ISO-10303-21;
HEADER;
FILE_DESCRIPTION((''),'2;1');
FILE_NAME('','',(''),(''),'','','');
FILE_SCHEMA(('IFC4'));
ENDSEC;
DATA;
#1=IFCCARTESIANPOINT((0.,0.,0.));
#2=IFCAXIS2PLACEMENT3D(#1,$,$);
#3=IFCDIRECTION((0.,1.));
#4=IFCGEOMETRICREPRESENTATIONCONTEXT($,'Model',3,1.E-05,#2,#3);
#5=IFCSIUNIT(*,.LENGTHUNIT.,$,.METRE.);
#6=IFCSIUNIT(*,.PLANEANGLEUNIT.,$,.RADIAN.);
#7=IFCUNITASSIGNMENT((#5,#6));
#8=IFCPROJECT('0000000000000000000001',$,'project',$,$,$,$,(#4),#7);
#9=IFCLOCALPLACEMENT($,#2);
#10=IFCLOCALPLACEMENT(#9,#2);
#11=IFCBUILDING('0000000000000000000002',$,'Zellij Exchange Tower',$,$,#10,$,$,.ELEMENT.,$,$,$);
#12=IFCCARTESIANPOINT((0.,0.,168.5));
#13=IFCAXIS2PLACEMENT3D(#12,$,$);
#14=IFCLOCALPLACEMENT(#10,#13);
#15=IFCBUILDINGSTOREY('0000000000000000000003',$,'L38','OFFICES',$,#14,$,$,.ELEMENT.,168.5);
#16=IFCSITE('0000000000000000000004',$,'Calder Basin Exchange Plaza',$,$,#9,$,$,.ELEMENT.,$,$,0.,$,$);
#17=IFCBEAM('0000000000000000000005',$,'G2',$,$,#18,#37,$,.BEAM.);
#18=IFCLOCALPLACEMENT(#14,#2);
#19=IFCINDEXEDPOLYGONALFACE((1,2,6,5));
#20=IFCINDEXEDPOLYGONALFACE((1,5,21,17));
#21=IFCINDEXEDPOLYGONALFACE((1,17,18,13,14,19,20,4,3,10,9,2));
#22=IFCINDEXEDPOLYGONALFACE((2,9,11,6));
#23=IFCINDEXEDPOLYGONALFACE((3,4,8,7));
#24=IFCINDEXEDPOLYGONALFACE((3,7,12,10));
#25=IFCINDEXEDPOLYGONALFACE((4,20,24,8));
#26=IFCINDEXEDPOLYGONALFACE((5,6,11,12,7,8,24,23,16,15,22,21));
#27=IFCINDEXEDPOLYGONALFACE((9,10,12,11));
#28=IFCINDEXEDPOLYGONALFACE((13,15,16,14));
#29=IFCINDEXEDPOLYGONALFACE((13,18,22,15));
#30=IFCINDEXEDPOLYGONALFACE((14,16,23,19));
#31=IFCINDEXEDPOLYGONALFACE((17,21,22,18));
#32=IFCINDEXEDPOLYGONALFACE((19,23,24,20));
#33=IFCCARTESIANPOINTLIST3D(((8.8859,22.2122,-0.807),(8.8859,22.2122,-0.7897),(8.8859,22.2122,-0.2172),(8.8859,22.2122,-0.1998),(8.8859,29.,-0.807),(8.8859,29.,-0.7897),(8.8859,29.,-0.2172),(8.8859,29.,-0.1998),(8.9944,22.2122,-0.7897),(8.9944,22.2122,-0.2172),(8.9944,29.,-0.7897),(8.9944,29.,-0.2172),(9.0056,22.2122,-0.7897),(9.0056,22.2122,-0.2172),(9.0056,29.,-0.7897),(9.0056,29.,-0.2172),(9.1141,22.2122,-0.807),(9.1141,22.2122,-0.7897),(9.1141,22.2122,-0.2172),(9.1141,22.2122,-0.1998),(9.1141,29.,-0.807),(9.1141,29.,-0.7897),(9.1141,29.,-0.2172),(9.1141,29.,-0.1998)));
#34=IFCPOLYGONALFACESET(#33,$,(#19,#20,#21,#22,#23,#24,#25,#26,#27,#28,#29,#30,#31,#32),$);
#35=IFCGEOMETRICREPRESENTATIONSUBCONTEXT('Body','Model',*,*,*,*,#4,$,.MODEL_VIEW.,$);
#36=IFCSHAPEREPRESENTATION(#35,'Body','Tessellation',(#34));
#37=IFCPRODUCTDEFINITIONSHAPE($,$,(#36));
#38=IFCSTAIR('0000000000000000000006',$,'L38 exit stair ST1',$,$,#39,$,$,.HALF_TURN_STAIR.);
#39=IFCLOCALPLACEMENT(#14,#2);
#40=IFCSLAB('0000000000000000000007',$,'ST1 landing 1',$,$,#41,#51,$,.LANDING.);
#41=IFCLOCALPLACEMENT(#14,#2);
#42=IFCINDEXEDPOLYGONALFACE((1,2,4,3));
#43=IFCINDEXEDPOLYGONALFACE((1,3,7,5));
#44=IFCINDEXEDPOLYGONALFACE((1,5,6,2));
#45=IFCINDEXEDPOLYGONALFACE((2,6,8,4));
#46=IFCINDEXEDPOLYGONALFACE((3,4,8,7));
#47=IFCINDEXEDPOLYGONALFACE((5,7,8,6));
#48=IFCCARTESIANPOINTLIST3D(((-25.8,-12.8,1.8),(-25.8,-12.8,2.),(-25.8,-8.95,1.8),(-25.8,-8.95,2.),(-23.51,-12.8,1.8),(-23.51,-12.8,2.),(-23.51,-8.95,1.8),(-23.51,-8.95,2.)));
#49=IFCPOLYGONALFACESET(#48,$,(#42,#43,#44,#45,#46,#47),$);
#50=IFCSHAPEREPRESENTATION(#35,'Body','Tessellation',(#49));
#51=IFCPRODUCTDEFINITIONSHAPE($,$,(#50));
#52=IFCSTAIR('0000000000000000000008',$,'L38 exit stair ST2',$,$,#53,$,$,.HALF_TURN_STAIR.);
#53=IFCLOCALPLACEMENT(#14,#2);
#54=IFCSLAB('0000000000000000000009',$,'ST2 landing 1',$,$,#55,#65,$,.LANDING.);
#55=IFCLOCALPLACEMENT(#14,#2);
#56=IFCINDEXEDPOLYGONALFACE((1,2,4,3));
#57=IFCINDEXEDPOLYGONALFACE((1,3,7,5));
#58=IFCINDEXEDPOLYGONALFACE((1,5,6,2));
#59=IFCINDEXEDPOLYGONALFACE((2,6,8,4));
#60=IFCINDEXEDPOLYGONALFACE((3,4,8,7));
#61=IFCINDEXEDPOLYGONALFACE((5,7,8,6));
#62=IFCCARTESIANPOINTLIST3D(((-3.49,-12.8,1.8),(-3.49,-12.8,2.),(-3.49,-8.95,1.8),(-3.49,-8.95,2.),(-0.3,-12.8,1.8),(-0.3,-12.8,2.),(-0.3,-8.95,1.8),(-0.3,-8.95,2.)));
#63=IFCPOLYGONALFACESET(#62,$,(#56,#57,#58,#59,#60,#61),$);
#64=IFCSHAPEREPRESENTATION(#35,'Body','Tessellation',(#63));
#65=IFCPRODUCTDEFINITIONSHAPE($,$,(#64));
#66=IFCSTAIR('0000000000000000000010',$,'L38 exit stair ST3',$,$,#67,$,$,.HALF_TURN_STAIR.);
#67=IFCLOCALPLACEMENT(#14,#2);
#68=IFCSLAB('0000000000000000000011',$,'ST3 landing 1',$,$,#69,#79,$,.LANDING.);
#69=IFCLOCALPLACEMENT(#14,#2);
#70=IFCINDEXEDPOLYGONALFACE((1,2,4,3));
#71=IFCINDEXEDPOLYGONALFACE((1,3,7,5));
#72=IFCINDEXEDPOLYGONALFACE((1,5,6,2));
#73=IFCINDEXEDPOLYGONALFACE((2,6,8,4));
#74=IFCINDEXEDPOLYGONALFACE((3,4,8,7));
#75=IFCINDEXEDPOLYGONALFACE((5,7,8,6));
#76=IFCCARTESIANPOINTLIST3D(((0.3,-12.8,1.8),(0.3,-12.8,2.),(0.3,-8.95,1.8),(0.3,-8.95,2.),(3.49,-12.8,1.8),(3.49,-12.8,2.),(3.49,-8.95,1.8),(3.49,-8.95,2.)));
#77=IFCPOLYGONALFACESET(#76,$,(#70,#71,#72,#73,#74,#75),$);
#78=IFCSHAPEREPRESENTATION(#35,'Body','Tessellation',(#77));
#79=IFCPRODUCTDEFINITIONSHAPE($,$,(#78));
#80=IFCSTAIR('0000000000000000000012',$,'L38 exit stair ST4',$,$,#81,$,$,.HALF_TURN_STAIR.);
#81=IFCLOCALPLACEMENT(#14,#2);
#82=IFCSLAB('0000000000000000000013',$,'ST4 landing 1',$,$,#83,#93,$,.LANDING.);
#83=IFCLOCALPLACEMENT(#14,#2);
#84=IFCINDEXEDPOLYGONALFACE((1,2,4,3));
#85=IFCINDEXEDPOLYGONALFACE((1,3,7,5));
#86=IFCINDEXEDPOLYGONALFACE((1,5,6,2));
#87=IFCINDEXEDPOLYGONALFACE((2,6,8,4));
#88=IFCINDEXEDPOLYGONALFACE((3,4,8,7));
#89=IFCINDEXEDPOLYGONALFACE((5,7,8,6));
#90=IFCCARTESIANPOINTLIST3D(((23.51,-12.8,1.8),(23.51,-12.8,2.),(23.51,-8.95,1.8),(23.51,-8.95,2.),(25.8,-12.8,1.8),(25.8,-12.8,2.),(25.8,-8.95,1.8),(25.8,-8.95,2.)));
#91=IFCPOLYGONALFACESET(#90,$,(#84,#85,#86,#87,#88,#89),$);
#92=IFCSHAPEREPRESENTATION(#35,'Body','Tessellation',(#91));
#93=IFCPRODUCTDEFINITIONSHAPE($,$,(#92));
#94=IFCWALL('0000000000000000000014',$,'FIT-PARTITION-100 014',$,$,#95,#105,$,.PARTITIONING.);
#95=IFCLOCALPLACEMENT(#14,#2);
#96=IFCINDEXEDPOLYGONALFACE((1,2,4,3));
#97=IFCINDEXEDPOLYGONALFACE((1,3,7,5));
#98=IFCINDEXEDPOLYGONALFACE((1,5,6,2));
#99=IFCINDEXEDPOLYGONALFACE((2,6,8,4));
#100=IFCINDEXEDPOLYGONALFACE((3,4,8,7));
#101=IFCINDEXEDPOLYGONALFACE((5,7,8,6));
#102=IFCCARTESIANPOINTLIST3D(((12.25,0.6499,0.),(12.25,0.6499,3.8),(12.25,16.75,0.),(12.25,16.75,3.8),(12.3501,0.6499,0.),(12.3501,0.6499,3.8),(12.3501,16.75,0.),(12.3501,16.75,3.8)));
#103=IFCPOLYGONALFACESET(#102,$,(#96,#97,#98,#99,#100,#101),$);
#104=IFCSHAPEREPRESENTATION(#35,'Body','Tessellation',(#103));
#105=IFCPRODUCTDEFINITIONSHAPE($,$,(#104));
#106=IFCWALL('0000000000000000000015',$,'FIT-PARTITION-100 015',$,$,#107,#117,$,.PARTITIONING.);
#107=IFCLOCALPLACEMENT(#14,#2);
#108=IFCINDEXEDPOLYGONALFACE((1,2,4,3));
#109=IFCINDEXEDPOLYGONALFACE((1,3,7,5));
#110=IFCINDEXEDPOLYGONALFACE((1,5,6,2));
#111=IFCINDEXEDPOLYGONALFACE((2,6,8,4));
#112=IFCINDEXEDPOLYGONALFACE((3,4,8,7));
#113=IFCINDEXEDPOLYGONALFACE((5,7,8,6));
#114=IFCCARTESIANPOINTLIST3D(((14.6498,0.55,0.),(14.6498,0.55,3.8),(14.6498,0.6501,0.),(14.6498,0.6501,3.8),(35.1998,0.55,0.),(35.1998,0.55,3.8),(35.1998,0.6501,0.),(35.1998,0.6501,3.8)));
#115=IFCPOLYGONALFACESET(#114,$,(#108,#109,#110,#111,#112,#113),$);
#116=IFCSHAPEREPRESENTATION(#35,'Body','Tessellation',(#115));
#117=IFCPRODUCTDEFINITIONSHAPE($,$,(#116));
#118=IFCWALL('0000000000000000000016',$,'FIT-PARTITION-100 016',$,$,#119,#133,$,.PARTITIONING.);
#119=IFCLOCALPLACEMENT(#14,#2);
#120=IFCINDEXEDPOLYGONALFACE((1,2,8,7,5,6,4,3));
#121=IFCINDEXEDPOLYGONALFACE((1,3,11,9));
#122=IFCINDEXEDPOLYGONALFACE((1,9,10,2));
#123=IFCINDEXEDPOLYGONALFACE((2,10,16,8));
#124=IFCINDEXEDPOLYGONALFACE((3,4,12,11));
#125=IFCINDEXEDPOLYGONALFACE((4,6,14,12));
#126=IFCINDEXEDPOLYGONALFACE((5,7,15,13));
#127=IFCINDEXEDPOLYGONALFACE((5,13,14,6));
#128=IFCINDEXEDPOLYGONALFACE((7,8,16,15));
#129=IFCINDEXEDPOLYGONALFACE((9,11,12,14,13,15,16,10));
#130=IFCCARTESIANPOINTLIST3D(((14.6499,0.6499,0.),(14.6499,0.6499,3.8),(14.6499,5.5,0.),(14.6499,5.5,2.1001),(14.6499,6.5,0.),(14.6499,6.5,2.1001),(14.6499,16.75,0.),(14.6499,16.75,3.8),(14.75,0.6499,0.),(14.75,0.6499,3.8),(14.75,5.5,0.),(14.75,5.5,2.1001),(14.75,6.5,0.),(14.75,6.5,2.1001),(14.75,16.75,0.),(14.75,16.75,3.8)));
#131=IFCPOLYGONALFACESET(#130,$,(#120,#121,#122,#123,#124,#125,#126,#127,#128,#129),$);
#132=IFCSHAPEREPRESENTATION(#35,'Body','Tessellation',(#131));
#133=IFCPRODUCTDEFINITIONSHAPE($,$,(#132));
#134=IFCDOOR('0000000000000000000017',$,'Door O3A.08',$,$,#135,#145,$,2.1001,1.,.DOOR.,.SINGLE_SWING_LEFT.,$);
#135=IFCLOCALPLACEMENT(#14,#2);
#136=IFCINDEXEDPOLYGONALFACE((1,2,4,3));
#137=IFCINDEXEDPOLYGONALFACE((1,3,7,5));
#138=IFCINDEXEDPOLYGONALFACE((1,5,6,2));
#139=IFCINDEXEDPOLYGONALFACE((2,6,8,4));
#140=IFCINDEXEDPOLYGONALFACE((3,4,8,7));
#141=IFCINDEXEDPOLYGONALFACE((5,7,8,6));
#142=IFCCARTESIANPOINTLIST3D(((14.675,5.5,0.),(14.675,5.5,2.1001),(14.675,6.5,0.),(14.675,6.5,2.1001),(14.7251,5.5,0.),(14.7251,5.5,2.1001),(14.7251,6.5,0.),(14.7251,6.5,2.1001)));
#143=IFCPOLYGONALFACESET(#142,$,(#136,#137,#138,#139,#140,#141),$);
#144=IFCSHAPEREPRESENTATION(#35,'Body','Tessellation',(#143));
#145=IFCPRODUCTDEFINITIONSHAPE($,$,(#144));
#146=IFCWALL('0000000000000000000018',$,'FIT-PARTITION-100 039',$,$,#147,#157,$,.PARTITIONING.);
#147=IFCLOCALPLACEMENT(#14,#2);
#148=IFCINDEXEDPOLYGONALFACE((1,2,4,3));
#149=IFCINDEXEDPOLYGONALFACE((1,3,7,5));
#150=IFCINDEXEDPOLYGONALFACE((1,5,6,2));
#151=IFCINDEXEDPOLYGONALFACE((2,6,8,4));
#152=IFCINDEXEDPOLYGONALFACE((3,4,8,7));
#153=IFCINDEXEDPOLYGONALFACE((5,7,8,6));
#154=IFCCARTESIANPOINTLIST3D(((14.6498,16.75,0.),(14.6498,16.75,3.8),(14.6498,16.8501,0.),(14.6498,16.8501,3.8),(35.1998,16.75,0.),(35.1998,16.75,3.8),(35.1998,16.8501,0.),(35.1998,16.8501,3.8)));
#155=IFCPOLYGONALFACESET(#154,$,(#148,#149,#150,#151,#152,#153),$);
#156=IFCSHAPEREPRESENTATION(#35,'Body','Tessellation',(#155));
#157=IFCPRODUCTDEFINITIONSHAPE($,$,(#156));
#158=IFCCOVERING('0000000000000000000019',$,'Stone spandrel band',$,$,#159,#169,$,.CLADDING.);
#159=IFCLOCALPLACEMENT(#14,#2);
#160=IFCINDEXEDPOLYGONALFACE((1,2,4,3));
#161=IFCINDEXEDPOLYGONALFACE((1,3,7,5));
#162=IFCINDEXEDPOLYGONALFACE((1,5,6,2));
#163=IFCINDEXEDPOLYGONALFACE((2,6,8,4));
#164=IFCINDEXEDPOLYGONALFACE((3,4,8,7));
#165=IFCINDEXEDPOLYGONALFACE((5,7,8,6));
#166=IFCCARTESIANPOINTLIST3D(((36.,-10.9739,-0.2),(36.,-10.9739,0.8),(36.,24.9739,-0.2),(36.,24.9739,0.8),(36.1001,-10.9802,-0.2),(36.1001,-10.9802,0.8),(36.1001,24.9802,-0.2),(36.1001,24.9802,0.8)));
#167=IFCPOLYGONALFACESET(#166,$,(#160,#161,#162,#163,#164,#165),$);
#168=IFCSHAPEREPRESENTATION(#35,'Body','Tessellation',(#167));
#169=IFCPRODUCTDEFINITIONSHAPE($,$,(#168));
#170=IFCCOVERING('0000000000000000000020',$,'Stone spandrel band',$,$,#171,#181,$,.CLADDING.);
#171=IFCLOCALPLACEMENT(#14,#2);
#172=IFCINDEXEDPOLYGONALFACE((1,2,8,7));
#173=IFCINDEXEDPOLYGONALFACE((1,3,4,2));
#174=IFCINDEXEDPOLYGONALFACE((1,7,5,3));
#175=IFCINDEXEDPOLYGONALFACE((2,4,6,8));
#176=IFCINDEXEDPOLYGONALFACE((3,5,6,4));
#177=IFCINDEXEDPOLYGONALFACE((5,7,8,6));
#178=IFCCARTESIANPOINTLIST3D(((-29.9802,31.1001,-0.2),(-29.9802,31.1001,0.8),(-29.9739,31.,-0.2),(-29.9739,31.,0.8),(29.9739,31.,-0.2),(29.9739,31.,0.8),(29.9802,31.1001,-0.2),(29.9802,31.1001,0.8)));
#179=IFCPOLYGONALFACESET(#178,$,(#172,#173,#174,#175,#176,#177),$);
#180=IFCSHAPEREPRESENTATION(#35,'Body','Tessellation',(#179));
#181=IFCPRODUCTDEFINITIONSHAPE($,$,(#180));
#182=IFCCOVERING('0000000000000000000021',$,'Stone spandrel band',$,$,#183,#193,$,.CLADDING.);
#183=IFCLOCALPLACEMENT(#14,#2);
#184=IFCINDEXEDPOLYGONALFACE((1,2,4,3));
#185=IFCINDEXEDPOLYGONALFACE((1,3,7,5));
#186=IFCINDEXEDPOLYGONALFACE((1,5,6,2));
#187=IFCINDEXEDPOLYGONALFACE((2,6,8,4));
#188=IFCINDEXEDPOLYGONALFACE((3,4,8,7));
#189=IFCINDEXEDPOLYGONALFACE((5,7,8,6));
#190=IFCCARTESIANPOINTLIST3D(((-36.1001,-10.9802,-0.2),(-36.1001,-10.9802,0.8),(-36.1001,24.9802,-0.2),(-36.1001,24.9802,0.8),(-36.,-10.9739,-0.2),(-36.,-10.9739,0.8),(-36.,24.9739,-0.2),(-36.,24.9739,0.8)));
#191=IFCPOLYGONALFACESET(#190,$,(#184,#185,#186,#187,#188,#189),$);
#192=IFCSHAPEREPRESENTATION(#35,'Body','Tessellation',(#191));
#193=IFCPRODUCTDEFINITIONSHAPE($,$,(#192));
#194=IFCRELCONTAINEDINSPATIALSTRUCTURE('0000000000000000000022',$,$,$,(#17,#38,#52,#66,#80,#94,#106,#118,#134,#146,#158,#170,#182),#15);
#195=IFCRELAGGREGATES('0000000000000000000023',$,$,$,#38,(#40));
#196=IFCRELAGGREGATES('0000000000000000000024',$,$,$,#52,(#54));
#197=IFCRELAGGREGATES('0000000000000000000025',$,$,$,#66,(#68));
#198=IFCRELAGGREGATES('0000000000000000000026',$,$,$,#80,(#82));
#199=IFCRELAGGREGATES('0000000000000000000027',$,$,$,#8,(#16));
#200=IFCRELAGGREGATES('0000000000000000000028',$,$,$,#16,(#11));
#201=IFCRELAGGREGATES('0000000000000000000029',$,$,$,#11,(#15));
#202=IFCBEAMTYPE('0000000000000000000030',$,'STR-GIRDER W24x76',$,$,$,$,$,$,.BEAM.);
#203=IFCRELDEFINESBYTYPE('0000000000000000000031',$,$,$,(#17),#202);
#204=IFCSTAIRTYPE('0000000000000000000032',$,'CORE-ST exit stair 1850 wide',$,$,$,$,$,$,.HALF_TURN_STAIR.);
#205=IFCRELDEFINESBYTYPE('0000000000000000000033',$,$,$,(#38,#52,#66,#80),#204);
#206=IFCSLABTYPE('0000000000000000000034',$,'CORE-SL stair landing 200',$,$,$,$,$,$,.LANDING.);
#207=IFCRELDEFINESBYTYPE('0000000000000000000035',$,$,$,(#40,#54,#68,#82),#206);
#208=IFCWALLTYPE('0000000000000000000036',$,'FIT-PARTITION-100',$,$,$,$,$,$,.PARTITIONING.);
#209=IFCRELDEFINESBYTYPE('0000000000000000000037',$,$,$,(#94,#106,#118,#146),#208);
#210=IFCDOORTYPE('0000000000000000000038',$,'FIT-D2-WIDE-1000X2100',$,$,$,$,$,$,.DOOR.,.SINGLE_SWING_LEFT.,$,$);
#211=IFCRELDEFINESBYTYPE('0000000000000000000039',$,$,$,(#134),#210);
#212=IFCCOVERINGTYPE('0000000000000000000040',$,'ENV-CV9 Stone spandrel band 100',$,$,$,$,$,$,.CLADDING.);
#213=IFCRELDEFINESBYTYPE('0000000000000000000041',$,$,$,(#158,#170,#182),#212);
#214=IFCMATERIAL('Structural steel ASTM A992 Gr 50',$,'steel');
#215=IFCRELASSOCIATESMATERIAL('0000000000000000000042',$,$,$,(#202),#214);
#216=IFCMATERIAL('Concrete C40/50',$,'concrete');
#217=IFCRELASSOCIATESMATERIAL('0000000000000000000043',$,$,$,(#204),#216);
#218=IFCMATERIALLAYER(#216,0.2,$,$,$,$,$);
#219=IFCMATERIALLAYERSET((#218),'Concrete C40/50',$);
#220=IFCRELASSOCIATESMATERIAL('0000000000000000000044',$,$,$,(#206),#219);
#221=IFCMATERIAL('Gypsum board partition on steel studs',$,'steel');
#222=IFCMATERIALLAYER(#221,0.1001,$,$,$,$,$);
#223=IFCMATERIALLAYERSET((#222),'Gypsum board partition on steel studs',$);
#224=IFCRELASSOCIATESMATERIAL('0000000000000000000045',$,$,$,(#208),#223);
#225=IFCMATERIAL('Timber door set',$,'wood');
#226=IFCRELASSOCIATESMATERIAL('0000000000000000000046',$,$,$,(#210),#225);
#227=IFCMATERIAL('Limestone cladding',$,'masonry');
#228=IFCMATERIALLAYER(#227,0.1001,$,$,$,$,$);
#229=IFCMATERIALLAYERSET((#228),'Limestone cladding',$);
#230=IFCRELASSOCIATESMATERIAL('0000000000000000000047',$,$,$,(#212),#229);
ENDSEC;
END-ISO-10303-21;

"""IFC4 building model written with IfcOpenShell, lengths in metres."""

from ifc_helpers import new_model, si_unit, direction, frame, frame_2d, origin, origin_2d, place, context, subcontext, project, spatial, polyline, rectangle, i_section, outline, extrude, material, layer, layer_set, material_profile, profile_set, type_object, element, fill, aggregate, save


model = new_model("IFC4")

# Units and contexts
model_context = context("Model", 3, precision=1e-05, world=origin(), true_north=direction((0.0, 1.0)))
body_context = subcontext(model_context, "Body", "Model", "MODEL_VIEW")
ifc_project = project(units=[si_unit("LENGTHUNIT", "METRE"), si_unit("PLANEANGLEUNIT", "RADIAN")], contexts=[model_context])

# Site, building, storey
site_placement = place(None, origin())
site = spatial("IfcSite", under=ifc_project, at=site_placement, Name="Calder Basin Exchange Plaza", CompositionType="ELEMENT", RefElevation=0.0)
building_placement = place(site_placement, origin())
building = spatial("IfcBuilding", under=site, at=building_placement, Name="Zellij Exchange Tower", CompositionType="ELEMENT")
storey_placement = place(building_placement, frame((0.0, 0.0, 168.5)))
storey = spatial("IfcBuildingStorey", under=building, at=storey_placement, Name="L38", Description="OFFICES", CompositionType="ELEMENT", Elevation=168.5)

# Beam
ifc_material_1 = material(Name="Structural steel ASTM A992 Gr 50", Category="steel")
ifc_material_profile_1 = material_profile(ifc_material_1, i_section(OverallWidth=0.2283, OverallDepth=0.6072, WebThickness=0.0112, FlangeThickness=0.0173, at=origin_2d()), Name="W24x76")
ifc_profile_set_1 = profile_set([ifc_material_profile_1], Name="Structural steel ASTM A992 Gr 50")
beam_type = type_object("IfcBeamType", Name="STR-GIRDER W24x76", PredefinedType="BEAM", material=ifc_profile_set_1)
beam_1_placement = place(storey_placement, frame((9.0, 22.2122, -0.5034), z_axis=(0.0, 1.0, 0.0), x_axis=(-1.0, 0.0, 0.0)))
element("IfcBeam", 1, at=beam_1_placement, inside=storey, type_object=beam_type, Name="G2", PredefinedType="BEAM", context=body_context, shape_type="SweptSolid", body=[
    extrude(i_section(OverallWidth=0.2283, OverallDepth=0.6072, WebThickness=0.0112, FlangeThickness=0.0173, at=origin_2d()), origin(), (0.0, 0.0, 1.0), 6.7878),
])

# Stairs, slabs
ifc_material_2 = material(Name="Concrete C40/50", Category="concrete")
stair_type = type_object("IfcStairType", Name="CORE-ST exit stair 1850 wide", PredefinedType="HALF_TURN_STAIR", material=ifc_material_2)
stair_1_placement = place(storey_placement, origin())
stair_1 = element("IfcStair", 2, at=stair_1_placement, inside=storey, type_object=stair_type, Name="L38 exit stair ST1", PredefinedType="HALF_TURN_STAIR")
ifc_layer_1 = layer(ifc_material_2, 0.2)
ifc_layer_set_1 = layer_set([ifc_layer_1], Name="Concrete C40/50")
slab_type = type_object("IfcSlabType", Name="CORE-SL stair landing 200", PredefinedType="LANDING", material=ifc_layer_set_1)
slab_1_placement = place(storey_placement, frame((0.0, 0.0, 1.8)))
slab_1 = element("IfcSlab", 3, at=slab_1_placement, type_object=slab_type, Name="ST1 landing 1", PredefinedType="LANDING", context=body_context, shape_type="SweptSolid", body=[
    extrude(outline(polyline([(-23.51, -8.95), (-25.8, -8.95), (-25.8, -12.8), (-23.51, -12.8), (-23.51, -8.95)])), origin(), (0.0, 0.0, 1.0), 0.2),
])
aggregate(stair_1, [slab_1])
stair_2_placement = place(storey_placement, origin())
stair_2 = element("IfcStair", 4, at=stair_2_placement, inside=storey, type_object=stair_type, Name="L38 exit stair ST2", PredefinedType="HALF_TURN_STAIR")
slab_2_placement = place(storey_placement, frame((0.0, 0.0, 1.8)))
slab_2 = element("IfcSlab", 5, at=slab_2_placement, type_object=slab_type, Name="ST2 landing 1", PredefinedType="LANDING", context=body_context, shape_type="SweptSolid", body=[
    extrude(outline(polyline([(-3.49, -12.8), (-0.3, -12.8), (-0.3, -8.95), (-3.49, -8.95), (-3.49, -12.8)])), origin(), (0.0, 0.0, 1.0), 0.2),
])
aggregate(stair_2, [slab_2])
stair_3_placement = place(storey_placement, origin())
stair_3 = element("IfcStair", 6, at=stair_3_placement, inside=storey, type_object=stair_type, Name="L38 exit stair ST3", PredefinedType="HALF_TURN_STAIR")
slab_3_placement = place(storey_placement, frame((0.0, 0.0, 1.8)))
slab_3 = element("IfcSlab", 7, at=slab_3_placement, type_object=slab_type, Name="ST3 landing 1", PredefinedType="LANDING", context=body_context, shape_type="SweptSolid", body=[
    extrude(outline(polyline([(3.49, -8.95), (0.3, -8.95), (0.3, -12.8), (3.49, -12.8), (3.49, -8.95)])), origin(), (0.0, 0.0, 1.0), 0.2),
])
aggregate(stair_3, [slab_3])
stair_4_placement = place(storey_placement, origin())
stair_4 = element("IfcStair", 8, at=stair_4_placement, inside=storey, type_object=stair_type, Name="L38 exit stair ST4", PredefinedType="HALF_TURN_STAIR")
slab_4_placement = place(storey_placement, frame((0.0, 0.0, 1.8)))
slab_4 = element("IfcSlab", 9, at=slab_4_placement, type_object=slab_type, Name="ST4 landing 1", PredefinedType="LANDING", context=body_context, shape_type="SweptSolid", body=[
    extrude(outline(polyline([(23.51, -12.8), (25.8, -12.8), (25.8, -8.95), (23.51, -8.95), (23.51, -12.8)])), origin(), (0.0, 0.0, 1.0), 0.2),
])
aggregate(stair_4, [slab_4])

# Walls
ifc_material_3 = material(Name="Gypsum board partition on steel studs", Category="steel")
ifc_layer_2 = layer(ifc_material_3, 0.1001)
ifc_layer_set_2 = layer_set([ifc_layer_2], Name="Gypsum board partition on steel studs")
wall_type = type_object("IfcWallType", Name="FIT-PARTITION-100", PredefinedType="PARTITIONING", material=ifc_layer_set_2)
wall_1_placement = place(storey_placement, frame((12.3, 0.6499, 0.0), z_axis=(0.0, 0.0, 1.0), x_axis=(0.0, 1.0, 0.0)))
element("IfcWall", 10, at=wall_1_placement, inside=storey, type_object=wall_type, Name="FIT-PARTITION-100 014", PredefinedType="PARTITIONING", context=body_context, shape_type="SweptSolid", body=[
    extrude(rectangle(XDim=16.1001, YDim=0.1001, at=frame_2d((8.05, 0.0))), origin(), (0.0, 0.0, 1.0), 3.8),
])
wall_2_placement = place(storey_placement, frame((14.6499, 0.6001, 0.0), z_axis=(0.0, 0.0, 1.0), x_axis=(1.0, 0.0, 0.0)))
element("IfcWall", 11, at=wall_2_placement, inside=storey, type_object=wall_type, Name="FIT-PARTITION-100 015", PredefinedType="PARTITIONING", context=body_context, shape_type="SweptSolid", body=[
    extrude(rectangle(XDim=20.55, YDim=0.1001, at=frame_2d((10.2749, 0.0))), origin(), (0.0, 0.0, 1.0), 3.8),
])

# Wall, opening, door
wall_3_placement = place(storey_placement, frame((14.7, 0.6499, 0.0), z_axis=(0.0, 0.0, 1.0), x_axis=(0.0, 1.0, 0.0)))
wall_3 = element("IfcWall", 12, at=wall_3_placement, inside=storey, type_object=wall_type, Name="FIT-PARTITION-100 016", PredefinedType="PARTITIONING", context=body_context, shape_type="SweptSolid", body=[
    extrude(rectangle(XDim=16.1001, YDim=0.1001, at=frame_2d((8.05, 0.0))), origin(), (0.0, 0.0, 1.0), 3.8),
])
opening_placement = place(wall_3_placement, frame((4.8501, 0.0, 0.0)))
opening = element("IfcOpeningElement", 13, at=opening_placement, cuts=wall_3, PredefinedType="OPENING", context=body_context, shape_type="SweptSolid", body=[
    extrude(rectangle(XDim=1.0, YDim=2.1001, at=frame_2d((0.5, 1.05))), frame((0.0, 0.062, 0.0), z_axis=(0.0, -1.0, 0.0), x_axis=(1.0, 0.0, 0.0)), (0.0, 0.0, 1.0), 0.124),
])
ifc_material_4 = material(Name="Timber door set", Category="wood")
door_type = type_object("IfcDoorType", Name="FIT-D2-WIDE-1000X2100", OperationType="SINGLE_SWING_LEFT", PredefinedType="DOOR", material=ifc_material_4)
door_placement = place(opening_placement, origin())
door = element("IfcDoor", 14, at=door_placement, inside=storey, type_object=door_type, Name="Door O3A.08", OperationType="SINGLE_SWING_LEFT", OverallHeight=2.1001, OverallWidth=1.0, PredefinedType="DOOR", context=body_context, shape_type="SweptSolid", body=[
    extrude(rectangle(XDim=1.0, YDim=2.1001, at=frame_2d((0.5, 1.05))), frame((0.0, 0.0249, 0.0), z_axis=(0.0, -1.0, 0.0), x_axis=(1.0, 0.0, 0.0)), (0.0, 0.0, 1.0), 0.05),
])
fill(opening, door)

# Wall
wall_4_placement = place(storey_placement, frame((14.6499, 16.8, 0.0), z_axis=(0.0, 0.0, 1.0), x_axis=(1.0, 0.0, 0.0)))
element("IfcWall", 15, at=wall_4_placement, inside=storey, type_object=wall_type, Name="FIT-PARTITION-100 039", PredefinedType="PARTITIONING", context=body_context, shape_type="SweptSolid", body=[
    extrude(rectangle(XDim=20.55, YDim=0.1001, at=frame_2d((10.2749, 0.0))), origin(), (0.0, 0.0, 1.0), 3.8),
])

# Coverings
ifc_material_5 = material(Name="Limestone cladding", Category="masonry")
ifc_layer_3 = layer(ifc_material_5, 0.1001)
ifc_layer_set_3 = layer_set([ifc_layer_3], Name="Limestone cladding")
covering_type = type_object("IfcCoveringType", Name="ENV-CV9 Stone spandrel band 100", PredefinedType="CLADDING", material=ifc_layer_set_3)
covering_1_placement = place(storey_placement, frame((0.0, 0.0, -0.2)))
element("IfcCovering", 16, at=covering_1_placement, inside=storey, type_object=covering_type, Name="Stone spandrel band", PredefinedType="CLADDING", context=body_context, shape_type="SweptSolid", body=[
    extrude(outline(polyline([(36.0, -10.9739), (36.0, 24.9739), (36.1001, 24.9802), (36.1001, -10.9802), (36.0, -10.9739)])), origin(), (0.0, 0.0, 1.0), 1.0),
])
covering_2_placement = place(storey_placement, frame((0.0, 0.0, -0.2)))
element("IfcCovering", 17, at=covering_2_placement, inside=storey, type_object=covering_type, Name="Stone spandrel band", PredefinedType="CLADDING", context=body_context, shape_type="SweptSolid", body=[
    extrude(outline(polyline([(29.9739, 31.0), (-29.9739, 31.0), (-29.9802, 31.1001), (29.9802, 31.1001), (29.9739, 31.0)])), origin(), (0.0, 0.0, 1.0), 1.0),
])
covering_3_placement = place(storey_placement, frame((0.0, 0.0, -0.2)))
element("IfcCovering", 18, at=covering_3_placement, inside=storey, type_object=covering_type, Name="Stone spandrel band", PredefinedType="CLADDING", context=body_context, shape_type="SweptSolid", body=[
    extrude(outline(polyline([(-36.0, 24.9739), (-36.0, -10.9739), (-36.1001, -10.9802), (-36.1001, 24.9802), (-36.0, 24.9739)])), origin(), (0.0, 0.0, 1.0), 1.0),
])

save(model, "model.ifc")
